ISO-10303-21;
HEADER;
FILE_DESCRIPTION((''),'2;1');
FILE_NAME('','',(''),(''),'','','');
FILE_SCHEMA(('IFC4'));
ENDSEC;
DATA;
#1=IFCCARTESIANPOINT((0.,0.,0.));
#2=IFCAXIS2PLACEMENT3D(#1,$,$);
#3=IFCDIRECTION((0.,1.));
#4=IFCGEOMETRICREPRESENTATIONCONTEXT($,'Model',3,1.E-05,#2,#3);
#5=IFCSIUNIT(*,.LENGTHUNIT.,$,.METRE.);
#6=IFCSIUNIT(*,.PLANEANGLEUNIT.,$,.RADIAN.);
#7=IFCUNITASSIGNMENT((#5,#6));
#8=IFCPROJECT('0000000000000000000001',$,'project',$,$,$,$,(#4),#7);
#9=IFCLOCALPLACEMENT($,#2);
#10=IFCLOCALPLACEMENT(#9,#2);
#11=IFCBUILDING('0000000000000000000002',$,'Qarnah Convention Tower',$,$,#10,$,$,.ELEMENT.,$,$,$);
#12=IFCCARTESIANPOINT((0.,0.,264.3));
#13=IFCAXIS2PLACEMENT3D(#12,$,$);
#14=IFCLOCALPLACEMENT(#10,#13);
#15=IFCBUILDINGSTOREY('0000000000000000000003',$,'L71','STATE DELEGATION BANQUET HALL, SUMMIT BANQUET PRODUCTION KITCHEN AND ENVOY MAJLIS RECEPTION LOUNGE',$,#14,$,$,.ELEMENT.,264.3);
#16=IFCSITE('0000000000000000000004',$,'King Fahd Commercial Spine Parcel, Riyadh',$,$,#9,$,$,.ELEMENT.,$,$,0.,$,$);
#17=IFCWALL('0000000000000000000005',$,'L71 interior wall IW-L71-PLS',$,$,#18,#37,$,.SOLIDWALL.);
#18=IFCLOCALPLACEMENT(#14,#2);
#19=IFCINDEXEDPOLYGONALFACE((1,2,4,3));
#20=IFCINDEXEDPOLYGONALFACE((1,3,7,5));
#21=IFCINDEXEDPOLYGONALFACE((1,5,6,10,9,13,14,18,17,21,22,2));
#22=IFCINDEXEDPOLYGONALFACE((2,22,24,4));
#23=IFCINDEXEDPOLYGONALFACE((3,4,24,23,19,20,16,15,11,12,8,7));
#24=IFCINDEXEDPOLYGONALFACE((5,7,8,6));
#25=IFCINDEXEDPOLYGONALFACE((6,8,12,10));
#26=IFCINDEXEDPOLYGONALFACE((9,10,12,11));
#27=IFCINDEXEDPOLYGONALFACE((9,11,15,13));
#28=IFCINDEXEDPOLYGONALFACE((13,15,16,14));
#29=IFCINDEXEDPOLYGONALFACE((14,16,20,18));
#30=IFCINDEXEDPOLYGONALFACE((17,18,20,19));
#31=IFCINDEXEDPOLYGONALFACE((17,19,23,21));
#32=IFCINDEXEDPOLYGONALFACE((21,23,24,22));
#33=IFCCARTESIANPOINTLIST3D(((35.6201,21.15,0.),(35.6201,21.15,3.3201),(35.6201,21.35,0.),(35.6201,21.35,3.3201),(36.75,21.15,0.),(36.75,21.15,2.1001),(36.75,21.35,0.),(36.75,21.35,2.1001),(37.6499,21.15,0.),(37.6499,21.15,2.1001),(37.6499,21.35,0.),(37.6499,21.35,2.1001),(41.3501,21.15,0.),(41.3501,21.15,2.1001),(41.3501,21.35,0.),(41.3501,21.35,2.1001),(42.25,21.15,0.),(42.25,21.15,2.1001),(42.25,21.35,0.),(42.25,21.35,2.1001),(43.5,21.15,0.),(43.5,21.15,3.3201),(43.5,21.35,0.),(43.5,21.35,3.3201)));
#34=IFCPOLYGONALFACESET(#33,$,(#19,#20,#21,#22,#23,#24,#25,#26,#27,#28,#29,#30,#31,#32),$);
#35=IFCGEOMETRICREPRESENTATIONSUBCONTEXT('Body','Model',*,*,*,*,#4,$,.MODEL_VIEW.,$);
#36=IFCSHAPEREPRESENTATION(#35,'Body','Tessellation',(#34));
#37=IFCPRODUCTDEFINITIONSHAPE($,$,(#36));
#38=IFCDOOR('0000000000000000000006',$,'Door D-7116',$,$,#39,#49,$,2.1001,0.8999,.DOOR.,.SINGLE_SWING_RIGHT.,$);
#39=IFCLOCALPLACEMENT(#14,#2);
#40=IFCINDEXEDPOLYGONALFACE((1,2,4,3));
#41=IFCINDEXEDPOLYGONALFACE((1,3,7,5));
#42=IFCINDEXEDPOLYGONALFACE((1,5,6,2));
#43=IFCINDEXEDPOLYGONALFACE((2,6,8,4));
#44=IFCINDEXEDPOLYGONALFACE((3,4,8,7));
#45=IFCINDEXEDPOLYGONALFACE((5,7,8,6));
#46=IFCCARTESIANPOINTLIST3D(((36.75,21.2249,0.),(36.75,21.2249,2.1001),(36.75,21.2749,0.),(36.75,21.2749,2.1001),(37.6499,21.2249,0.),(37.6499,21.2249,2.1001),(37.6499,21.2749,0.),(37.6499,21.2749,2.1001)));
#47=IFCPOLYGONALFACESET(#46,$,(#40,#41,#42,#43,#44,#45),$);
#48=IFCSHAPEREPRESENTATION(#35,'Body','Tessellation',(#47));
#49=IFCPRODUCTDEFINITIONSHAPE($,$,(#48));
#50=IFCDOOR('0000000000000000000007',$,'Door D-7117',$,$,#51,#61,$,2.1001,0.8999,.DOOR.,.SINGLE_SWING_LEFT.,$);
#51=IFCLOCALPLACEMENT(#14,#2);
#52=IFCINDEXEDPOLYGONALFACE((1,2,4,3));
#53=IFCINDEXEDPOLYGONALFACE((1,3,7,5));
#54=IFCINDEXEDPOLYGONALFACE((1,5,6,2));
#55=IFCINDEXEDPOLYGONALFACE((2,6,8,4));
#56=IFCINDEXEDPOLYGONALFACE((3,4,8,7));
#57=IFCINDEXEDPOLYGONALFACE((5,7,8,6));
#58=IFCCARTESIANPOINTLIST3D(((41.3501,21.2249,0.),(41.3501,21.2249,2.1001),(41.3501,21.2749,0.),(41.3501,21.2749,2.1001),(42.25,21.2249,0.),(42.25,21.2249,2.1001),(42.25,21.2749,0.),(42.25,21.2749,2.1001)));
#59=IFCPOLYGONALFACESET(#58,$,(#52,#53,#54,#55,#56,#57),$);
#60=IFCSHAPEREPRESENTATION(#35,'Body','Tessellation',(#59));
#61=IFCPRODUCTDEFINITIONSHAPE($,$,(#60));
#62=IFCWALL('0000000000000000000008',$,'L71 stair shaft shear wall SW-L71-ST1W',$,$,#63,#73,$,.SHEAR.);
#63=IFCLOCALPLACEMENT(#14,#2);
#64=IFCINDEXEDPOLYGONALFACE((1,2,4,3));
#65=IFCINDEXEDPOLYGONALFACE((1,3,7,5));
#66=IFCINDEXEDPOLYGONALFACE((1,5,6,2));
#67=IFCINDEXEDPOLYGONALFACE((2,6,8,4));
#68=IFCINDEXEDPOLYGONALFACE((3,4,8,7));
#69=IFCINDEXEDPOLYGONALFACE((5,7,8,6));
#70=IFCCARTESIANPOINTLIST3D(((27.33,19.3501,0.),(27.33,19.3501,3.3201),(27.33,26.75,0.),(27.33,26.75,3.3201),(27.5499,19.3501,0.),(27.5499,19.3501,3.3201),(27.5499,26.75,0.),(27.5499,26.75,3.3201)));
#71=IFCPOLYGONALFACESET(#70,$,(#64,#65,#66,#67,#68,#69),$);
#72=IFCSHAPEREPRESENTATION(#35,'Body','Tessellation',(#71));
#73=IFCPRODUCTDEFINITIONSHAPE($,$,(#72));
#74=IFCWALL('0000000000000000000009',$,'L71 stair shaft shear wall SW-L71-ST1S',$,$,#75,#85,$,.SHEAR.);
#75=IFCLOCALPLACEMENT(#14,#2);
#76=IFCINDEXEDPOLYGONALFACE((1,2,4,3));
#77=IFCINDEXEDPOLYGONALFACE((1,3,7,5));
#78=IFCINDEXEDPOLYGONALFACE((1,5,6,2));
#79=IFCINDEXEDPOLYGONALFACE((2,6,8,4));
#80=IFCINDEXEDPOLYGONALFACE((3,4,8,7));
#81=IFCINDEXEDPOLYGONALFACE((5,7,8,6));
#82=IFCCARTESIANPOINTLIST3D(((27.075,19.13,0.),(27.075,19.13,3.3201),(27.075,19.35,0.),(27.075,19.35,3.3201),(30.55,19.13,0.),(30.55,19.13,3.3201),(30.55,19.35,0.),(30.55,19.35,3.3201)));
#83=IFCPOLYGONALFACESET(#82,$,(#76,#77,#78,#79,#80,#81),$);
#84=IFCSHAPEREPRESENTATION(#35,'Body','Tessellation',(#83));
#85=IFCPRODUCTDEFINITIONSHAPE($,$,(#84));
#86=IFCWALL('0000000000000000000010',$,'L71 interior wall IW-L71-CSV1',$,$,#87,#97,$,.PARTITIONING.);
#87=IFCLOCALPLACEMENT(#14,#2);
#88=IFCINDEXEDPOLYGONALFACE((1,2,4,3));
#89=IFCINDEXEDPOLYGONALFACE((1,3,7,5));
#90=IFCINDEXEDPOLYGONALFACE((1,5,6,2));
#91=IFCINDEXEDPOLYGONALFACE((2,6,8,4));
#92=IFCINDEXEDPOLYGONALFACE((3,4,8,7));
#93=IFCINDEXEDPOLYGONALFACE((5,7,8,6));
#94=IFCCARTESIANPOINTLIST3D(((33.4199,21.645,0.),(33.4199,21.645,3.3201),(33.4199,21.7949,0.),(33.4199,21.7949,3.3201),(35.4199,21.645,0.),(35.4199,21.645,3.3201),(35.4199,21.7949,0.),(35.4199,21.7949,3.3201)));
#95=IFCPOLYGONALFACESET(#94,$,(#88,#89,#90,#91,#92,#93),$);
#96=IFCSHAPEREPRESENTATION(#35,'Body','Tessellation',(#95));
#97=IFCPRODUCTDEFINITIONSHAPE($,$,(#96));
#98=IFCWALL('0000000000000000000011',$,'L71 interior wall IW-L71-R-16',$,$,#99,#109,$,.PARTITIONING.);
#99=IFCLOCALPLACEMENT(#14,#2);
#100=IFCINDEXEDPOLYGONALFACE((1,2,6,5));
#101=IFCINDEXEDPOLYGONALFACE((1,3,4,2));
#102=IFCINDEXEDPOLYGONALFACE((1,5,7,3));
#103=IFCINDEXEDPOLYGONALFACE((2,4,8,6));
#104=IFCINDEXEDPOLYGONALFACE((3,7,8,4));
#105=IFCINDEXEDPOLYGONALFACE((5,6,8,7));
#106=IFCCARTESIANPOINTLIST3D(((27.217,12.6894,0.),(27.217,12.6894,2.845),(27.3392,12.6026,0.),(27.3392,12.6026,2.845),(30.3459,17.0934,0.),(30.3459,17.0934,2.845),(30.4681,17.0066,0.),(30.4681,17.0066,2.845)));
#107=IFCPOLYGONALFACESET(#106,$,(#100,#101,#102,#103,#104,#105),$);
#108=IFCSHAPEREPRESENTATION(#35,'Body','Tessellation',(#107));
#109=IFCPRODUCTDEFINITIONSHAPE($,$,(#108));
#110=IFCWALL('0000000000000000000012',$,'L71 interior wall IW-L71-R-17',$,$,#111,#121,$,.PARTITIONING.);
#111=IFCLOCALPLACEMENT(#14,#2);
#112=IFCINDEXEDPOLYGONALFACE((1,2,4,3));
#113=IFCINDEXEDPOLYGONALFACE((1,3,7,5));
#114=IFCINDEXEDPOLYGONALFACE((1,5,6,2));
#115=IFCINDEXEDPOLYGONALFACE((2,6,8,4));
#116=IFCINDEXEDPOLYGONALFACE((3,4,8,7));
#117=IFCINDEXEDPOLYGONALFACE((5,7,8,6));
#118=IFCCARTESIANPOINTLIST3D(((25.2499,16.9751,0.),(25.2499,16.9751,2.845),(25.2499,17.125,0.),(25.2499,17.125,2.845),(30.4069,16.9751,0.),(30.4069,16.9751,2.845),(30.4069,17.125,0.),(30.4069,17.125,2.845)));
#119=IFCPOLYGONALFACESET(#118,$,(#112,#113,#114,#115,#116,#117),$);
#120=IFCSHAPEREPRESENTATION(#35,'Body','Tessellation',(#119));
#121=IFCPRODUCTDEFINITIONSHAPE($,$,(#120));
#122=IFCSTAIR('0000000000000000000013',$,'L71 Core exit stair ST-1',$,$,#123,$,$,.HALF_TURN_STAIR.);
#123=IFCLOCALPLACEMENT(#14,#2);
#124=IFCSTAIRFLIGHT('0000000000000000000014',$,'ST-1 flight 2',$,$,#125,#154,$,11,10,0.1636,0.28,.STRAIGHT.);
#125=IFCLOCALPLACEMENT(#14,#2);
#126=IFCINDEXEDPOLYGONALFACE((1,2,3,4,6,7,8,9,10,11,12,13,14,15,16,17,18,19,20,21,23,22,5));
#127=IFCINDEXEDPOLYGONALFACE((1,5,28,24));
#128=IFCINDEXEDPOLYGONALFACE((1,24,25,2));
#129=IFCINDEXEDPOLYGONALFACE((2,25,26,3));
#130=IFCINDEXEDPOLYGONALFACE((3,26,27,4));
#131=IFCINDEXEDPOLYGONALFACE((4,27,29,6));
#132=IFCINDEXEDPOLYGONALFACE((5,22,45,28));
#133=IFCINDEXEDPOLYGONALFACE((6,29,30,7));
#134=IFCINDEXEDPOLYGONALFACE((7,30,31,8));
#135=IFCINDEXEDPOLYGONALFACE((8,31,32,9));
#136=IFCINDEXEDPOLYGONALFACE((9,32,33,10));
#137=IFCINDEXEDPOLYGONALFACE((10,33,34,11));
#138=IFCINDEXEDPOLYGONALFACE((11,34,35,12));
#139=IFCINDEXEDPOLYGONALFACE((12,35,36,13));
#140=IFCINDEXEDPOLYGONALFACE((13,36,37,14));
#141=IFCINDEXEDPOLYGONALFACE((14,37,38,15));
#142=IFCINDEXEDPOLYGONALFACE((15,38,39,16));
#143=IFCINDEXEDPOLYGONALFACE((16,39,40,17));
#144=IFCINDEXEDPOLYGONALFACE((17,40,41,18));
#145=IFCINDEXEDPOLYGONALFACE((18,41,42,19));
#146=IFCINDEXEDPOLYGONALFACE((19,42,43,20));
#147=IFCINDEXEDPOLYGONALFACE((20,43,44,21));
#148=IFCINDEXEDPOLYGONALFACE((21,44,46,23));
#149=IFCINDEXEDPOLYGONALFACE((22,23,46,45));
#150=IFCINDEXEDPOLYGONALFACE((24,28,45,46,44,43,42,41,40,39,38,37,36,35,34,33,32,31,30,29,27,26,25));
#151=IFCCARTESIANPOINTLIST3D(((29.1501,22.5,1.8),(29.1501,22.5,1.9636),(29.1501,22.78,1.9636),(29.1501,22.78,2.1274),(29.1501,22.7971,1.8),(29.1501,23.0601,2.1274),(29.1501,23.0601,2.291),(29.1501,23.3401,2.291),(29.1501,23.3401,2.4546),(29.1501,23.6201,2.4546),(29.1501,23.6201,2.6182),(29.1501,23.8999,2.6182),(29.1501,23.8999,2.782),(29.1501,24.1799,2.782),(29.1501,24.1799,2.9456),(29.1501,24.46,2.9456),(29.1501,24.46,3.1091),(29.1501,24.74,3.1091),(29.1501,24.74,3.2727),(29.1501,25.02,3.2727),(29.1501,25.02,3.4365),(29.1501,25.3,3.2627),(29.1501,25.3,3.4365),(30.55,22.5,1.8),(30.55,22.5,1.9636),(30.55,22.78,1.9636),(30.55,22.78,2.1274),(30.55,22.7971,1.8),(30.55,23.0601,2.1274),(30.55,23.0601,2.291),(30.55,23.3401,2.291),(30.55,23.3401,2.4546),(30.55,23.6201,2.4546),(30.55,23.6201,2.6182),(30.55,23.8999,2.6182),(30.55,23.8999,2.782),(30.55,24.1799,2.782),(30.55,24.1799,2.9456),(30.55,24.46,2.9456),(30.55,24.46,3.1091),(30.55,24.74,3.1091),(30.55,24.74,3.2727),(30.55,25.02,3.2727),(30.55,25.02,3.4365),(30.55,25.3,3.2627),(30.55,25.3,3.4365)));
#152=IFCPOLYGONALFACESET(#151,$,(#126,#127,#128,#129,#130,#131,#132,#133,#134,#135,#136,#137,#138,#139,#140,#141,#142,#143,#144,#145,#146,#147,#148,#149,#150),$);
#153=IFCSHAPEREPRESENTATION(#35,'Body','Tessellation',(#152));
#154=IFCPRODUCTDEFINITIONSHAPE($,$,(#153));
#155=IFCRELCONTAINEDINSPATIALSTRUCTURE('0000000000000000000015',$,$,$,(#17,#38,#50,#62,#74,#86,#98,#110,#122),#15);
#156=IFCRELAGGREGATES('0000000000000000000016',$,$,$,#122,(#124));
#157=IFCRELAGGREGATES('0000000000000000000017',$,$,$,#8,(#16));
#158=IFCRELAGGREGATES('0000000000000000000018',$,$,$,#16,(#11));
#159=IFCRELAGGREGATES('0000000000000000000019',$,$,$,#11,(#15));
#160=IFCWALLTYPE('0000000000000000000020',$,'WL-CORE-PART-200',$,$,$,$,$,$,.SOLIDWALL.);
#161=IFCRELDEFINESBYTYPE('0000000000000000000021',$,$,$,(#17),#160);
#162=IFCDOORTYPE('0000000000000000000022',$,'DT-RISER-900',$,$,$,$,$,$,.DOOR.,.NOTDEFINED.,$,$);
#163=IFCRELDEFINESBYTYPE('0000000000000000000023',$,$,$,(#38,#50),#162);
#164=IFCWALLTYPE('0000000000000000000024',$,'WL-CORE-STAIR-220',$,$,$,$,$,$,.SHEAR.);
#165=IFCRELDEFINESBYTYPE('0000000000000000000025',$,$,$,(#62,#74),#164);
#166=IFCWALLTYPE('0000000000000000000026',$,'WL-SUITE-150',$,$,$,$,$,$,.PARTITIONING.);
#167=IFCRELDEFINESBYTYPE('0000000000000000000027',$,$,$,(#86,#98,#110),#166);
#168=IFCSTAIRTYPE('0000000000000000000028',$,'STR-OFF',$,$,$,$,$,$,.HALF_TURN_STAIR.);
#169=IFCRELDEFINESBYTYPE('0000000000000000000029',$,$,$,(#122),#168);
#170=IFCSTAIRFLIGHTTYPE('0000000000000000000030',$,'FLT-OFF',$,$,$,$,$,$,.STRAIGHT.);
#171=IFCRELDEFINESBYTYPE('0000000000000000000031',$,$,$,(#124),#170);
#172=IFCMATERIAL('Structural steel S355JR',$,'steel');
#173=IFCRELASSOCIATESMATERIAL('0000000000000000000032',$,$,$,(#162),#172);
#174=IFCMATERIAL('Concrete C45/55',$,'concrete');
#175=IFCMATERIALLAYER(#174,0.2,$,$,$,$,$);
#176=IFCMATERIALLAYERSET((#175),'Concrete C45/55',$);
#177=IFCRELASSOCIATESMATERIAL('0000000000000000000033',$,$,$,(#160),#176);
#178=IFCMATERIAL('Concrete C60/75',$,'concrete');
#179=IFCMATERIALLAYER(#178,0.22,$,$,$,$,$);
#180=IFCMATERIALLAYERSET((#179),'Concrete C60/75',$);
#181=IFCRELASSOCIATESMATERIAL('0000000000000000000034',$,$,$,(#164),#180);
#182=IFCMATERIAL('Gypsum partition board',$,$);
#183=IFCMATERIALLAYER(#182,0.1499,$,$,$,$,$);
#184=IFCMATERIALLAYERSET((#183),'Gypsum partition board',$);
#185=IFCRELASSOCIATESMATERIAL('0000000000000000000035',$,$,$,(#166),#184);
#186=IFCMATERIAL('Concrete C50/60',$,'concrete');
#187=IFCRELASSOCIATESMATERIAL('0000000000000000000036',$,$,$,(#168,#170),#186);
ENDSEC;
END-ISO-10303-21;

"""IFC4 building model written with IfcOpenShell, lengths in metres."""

from ifc_helpers import new_model, si_unit, direction, frame, frame_2d, origin, place, context, subcontext, project, spatial, polyline, rectangle, outline, extrude, material, layer, layer_set, type_object, element, fill, aggregate, save


model = new_model("IFC4")

# Units and contexts
model_context = context("Model", 3, precision=1e-05, world=origin(), true_north=direction((0.0, 1.0)))
body_context = subcontext(model_context, "Body", "Model", "MODEL_VIEW")
ifc_project = project(units=[si_unit("LENGTHUNIT", "METRE"), si_unit("PLANEANGLEUNIT", "RADIAN")], contexts=[model_context])

# Site, building, storey
site_placement = place(None, origin())
site = spatial("IfcSite", under=ifc_project, at=site_placement, Name="King Fahd Commercial Spine Parcel, Riyadh", CompositionType="ELEMENT", RefElevation=0.0)
building_placement = place(site_placement, origin())
building = spatial("IfcBuilding", under=site, at=building_placement, Name="Qarnah Convention Tower", CompositionType="ELEMENT")
storey_placement = place(building_placement, frame((0.0, 0.0, 264.3)))
storey = spatial("IfcBuildingStorey", under=building, at=storey_placement, Name="L71", Description="STATE DELEGATION BANQUET HALL, SUMMIT BANQUET PRODUCTION KITCHEN AND ENVOY MAJLIS RECEPTION LOUNGE", CompositionType="ELEMENT", Elevation=264.3)

# Shared definitions
ifc_material_1 = material(Name="Concrete C50/60", Category="concrete")

# Shared definitions
ifc_material_2 = material(Name="Structural steel S355JR", Category="steel")

# Shared definitions
ifc_material_3 = material(Name="Concrete C60/75", Category="concrete")
door_type_1 = type_object("IfcDoorType", Name="DT-RISER-900", OperationType="NOTDEFINED", PredefinedType="DOOR", material=ifc_material_2)
ifc_material_4 = material(Name="Concrete C45/55", Category="concrete")
ifc_layer_1 = layer(ifc_material_4, 0.2)
ifc_layer_set_1 = layer_set([ifc_layer_1], Name="Concrete C45/55")
wall_type_1 = type_object("IfcWallType", Name="WL-CORE-PART-200", PredefinedType="SOLIDWALL", material=ifc_layer_set_1)

# Wall, openings, doors
wall_1_placement = place(storey_placement, frame((35.6201, 21.25, 0.0), z_axis=(0.0, 0.0, 1.0), x_axis=(1.0, 0.0, 0.0)))
wall_1 = element("IfcWall", 1, at=wall_1_placement, inside=storey, type_object=wall_type_1, Name="L71 interior wall IW-L71-PLS", PredefinedType="SOLIDWALL", context=body_context, shape_type="SweptSolid", body=[
    extrude(rectangle(XDim=7.8799, YDim=0.2, at=frame_2d((3.9399, 0.0))), origin(), (0.0, 0.0, 1.0), 3.3201),
])
opening_1_placement = place(wall_1_placement, frame((1.1299, 0.0, 0.0)))
opening_1 = element("IfcOpeningElement", 2, at=opening_1_placement, cuts=wall_1, PredefinedType="OPENING", context=body_context, shape_type="SweptSolid", body=[
    extrude(rectangle(XDim=0.8999, YDim=2.1001, at=frame_2d((0.45, 1.05))), frame((0.0, 0.1099, 0.0), z_axis=(0.0, -1.0, 0.0), x_axis=(1.0, 0.0, 0.0)), (0.0, 0.0, 1.0), 0.22),
])
opening_2_placement = place(wall_1_placement, frame((5.73, 0.0, 0.0)))
opening_2 = element("IfcOpeningElement", 3, at=opening_2_placement, cuts=wall_1, PredefinedType="OPENING", context=body_context, shape_type="SweptSolid", body=[
    extrude(rectangle(XDim=0.8999, YDim=2.1001, at=frame_2d((0.45, 1.05))), frame((0.0, 0.1099, 0.0), z_axis=(0.0, -1.0, 0.0), x_axis=(1.0, 0.0, 0.0)), (0.0, 0.0, 1.0), 0.22),
])
door_1_placement = place(opening_1_placement, origin())
door_1 = element("IfcDoor", 4, at=door_1_placement, inside=storey, type_object=door_type_1, Name="Door D-7116", OperationType="SINGLE_SWING_RIGHT", OverallHeight=2.1001, OverallWidth=0.8999, PredefinedType="DOOR", context=body_context, shape_type="SweptSolid", body=[
    extrude(rectangle(XDim=0.8999, YDim=2.1001, at=frame_2d((0.45, 1.05))), frame((0.0, 0.0249, 0.0), z_axis=(0.0, -1.0, 0.0), x_axis=(1.0, 0.0, 0.0)), (0.0, 0.0, 1.0), 0.05),
])
fill(opening_1, door_1)
door_2_placement = place(opening_2_placement, origin())
door_2 = element("IfcDoor", 5, at=door_2_placement, inside=storey, type_object=door_type_1, Name="Door D-7117", OperationType="SINGLE_SWING_LEFT", OverallHeight=2.1001, OverallWidth=0.8999, PredefinedType="DOOR", context=body_context, shape_type="SweptSolid", body=[
    extrude(rectangle(XDim=0.8999, YDim=2.1001, at=frame_2d((0.45, 1.05))), frame((0.0, 0.0249, 0.0), z_axis=(0.0, -1.0, 0.0), x_axis=(1.0, 0.0, 0.0)), (0.0, 0.0, 1.0), 0.05),
])
fill(opening_2, door_2)

# Walls
ifc_layer_2 = layer(ifc_material_3, 0.22)
ifc_layer_set_2 = layer_set([ifc_layer_2], Name="Concrete C60/75")
wall_type_2 = type_object("IfcWallType", Name="WL-CORE-STAIR-220", PredefinedType="SHEAR", material=ifc_layer_set_2)
wall_2_placement = place(storey_placement, frame((27.4399, 19.3501, 0.0), z_axis=(0.0, 0.0, 1.0), x_axis=(0.0, 1.0, 0.0)))
element("IfcWall", 6, at=wall_2_placement, inside=storey, type_object=wall_type_2, Name="L71 stair shaft shear wall SW-L71-ST1W", PredefinedType="SHEAR", context=body_context, shape_type="SweptSolid", body=[
    extrude(rectangle(XDim=7.3999, YDim=0.22, at=frame_2d((3.7, 0.0))), origin(), (0.0, 0.0, 1.0), 3.3201),
])
wall_3_placement = place(storey_placement, frame((27.075, 19.24, 0.0), z_axis=(0.0, 0.0, 1.0), x_axis=(1.0, 0.0, 0.0)))
element("IfcWall", 7, at=wall_3_placement, inside=storey, type_object=wall_type_2, Name="L71 stair shaft shear wall SW-L71-ST1S", PredefinedType="SHEAR", context=body_context, shape_type="SweptSolid", body=[
    extrude(rectangle(XDim=3.4751, YDim=0.22, at=frame_2d((1.7375, 0.0))), origin(), (0.0, 0.0, 1.0), 3.3201),
])
ifc_material_5 = material(Name="Gypsum partition board")
ifc_layer_3 = layer(ifc_material_5, 0.1499)
ifc_layer_set_3 = layer_set([ifc_layer_3], Name="Gypsum partition board")
wall_type_3 = type_object("IfcWallType", Name="WL-SUITE-150", PredefinedType="PARTITIONING", material=ifc_layer_set_3)
wall_4_placement = place(storey_placement, frame((33.4199, 21.72, 0.0), z_axis=(0.0, 0.0, 1.0), x_axis=(1.0, 0.0, 0.0)))
element("IfcWall", 8, at=wall_4_placement, inside=storey, type_object=wall_type_3, Name="L71 interior wall IW-L71-CSV1", PredefinedType="PARTITIONING", context=body_context, shape_type="SweptSolid", body=[
    extrude(rectangle(XDim=2.0, YDim=0.1499, at=frame_2d((1.0, 0.0))), origin(), (0.0, 0.0, 1.0), 3.3201),
])
wall_5_placement = place(storey_placement, frame((27.2781, 12.646, 0.0), z_axis=(0.0, 0.0, 1.0), x_axis=(0.579172, 0.815206, 0.0)))
element("IfcWall", 9, at=wall_5_placement, inside=storey, type_object=wall_type_3, Name="L71 interior wall IW-L71-R-16", PredefinedType="PARTITIONING", context=body_context, shape_type="SweptSolid", body=[
    extrude(rectangle(XDim=5.4023, YDim=0.1499, at=frame_2d((2.7012, 0.0))), origin(), (0.0, 0.0, 1.0), 2.845),
])
wall_6_placement = place(storey_placement, frame((30.407, 17.05, 0.0), z_axis=(0.0, 0.0, 1.0), x_axis=(-1.0, 0.0, 0.0)))
element("IfcWall", 10, at=wall_6_placement, inside=storey, type_object=wall_type_3, Name="L71 interior wall IW-L71-R-17", PredefinedType="PARTITIONING", context=body_context, shape_type="SweptSolid", body=[
    extrude(rectangle(XDim=5.157, YDim=0.1499, at=frame_2d((2.5786, 0.0))), origin(), (0.0, 0.0, 1.0), 2.845),
])

# Stair, stair flight
stair_type = type_object("IfcStairType", Name="STR-OFF", PredefinedType="HALF_TURN_STAIR", material=ifc_material_1)
stair_placement = place(storey_placement, origin())
stair = element("IfcStair", 11, at=stair_placement, inside=storey, type_object=stair_type, Name="L71 Core exit stair ST-1", PredefinedType="HALF_TURN_STAIR")
stair_flight_type = type_object("IfcStairFlightType", Name="FLT-OFF", PredefinedType="STRAIGHT", material=ifc_material_1)
stair_flight_placement = place(storey_placement, frame((29.8501, 22.5, 1.8), z_axis=(0.0, 0.0, 1.0), x_axis=(0.0, 1.0, 0.0)))
stair_flight = element("IfcStairFlight", 12, at=stair_flight_placement, type_object=stair_flight_type, Name="ST-1 flight 2", NumberOfRisers=11, NumberOfTreads=10, PredefinedType="STRAIGHT", RiserHeight=0.1636, TreadLength=0.28, context=body_context, shape_type="SweptSolid", body=[
    extrude(outline(polyline([(0.0, 0.0), (0.0, 0.1636), (0.28, 0.1636), (0.28, 0.3274), (0.5601, 0.3274), (0.5601, 0.491), (0.8401, 0.491), (0.8401, 0.6545), (1.1201, 0.6545), (1.1201, 0.8181), (1.3999, 0.8181), (1.3999, 0.9819), (1.6799, 0.9819), (1.6799, 1.1455), (1.96, 1.1455), (1.96, 1.3091), (2.24, 1.3091), (2.24, 1.4727), (2.52, 1.4727), (2.52, 1.6365), (2.8, 1.6365), (2.8, 1.8), (2.8, 1.4626), (0.2971, 0.0), (0.0, 0.0)])), frame((0.0, 0.7, 0.0), z_axis=(0.0, -1.0, 0.0), x_axis=(1.0, 0.0, 0.0)), (0.0, 0.0, 1.0), 1.3999),
])
aggregate(stair, [stair_flight])

save(model, "model.ifc")
